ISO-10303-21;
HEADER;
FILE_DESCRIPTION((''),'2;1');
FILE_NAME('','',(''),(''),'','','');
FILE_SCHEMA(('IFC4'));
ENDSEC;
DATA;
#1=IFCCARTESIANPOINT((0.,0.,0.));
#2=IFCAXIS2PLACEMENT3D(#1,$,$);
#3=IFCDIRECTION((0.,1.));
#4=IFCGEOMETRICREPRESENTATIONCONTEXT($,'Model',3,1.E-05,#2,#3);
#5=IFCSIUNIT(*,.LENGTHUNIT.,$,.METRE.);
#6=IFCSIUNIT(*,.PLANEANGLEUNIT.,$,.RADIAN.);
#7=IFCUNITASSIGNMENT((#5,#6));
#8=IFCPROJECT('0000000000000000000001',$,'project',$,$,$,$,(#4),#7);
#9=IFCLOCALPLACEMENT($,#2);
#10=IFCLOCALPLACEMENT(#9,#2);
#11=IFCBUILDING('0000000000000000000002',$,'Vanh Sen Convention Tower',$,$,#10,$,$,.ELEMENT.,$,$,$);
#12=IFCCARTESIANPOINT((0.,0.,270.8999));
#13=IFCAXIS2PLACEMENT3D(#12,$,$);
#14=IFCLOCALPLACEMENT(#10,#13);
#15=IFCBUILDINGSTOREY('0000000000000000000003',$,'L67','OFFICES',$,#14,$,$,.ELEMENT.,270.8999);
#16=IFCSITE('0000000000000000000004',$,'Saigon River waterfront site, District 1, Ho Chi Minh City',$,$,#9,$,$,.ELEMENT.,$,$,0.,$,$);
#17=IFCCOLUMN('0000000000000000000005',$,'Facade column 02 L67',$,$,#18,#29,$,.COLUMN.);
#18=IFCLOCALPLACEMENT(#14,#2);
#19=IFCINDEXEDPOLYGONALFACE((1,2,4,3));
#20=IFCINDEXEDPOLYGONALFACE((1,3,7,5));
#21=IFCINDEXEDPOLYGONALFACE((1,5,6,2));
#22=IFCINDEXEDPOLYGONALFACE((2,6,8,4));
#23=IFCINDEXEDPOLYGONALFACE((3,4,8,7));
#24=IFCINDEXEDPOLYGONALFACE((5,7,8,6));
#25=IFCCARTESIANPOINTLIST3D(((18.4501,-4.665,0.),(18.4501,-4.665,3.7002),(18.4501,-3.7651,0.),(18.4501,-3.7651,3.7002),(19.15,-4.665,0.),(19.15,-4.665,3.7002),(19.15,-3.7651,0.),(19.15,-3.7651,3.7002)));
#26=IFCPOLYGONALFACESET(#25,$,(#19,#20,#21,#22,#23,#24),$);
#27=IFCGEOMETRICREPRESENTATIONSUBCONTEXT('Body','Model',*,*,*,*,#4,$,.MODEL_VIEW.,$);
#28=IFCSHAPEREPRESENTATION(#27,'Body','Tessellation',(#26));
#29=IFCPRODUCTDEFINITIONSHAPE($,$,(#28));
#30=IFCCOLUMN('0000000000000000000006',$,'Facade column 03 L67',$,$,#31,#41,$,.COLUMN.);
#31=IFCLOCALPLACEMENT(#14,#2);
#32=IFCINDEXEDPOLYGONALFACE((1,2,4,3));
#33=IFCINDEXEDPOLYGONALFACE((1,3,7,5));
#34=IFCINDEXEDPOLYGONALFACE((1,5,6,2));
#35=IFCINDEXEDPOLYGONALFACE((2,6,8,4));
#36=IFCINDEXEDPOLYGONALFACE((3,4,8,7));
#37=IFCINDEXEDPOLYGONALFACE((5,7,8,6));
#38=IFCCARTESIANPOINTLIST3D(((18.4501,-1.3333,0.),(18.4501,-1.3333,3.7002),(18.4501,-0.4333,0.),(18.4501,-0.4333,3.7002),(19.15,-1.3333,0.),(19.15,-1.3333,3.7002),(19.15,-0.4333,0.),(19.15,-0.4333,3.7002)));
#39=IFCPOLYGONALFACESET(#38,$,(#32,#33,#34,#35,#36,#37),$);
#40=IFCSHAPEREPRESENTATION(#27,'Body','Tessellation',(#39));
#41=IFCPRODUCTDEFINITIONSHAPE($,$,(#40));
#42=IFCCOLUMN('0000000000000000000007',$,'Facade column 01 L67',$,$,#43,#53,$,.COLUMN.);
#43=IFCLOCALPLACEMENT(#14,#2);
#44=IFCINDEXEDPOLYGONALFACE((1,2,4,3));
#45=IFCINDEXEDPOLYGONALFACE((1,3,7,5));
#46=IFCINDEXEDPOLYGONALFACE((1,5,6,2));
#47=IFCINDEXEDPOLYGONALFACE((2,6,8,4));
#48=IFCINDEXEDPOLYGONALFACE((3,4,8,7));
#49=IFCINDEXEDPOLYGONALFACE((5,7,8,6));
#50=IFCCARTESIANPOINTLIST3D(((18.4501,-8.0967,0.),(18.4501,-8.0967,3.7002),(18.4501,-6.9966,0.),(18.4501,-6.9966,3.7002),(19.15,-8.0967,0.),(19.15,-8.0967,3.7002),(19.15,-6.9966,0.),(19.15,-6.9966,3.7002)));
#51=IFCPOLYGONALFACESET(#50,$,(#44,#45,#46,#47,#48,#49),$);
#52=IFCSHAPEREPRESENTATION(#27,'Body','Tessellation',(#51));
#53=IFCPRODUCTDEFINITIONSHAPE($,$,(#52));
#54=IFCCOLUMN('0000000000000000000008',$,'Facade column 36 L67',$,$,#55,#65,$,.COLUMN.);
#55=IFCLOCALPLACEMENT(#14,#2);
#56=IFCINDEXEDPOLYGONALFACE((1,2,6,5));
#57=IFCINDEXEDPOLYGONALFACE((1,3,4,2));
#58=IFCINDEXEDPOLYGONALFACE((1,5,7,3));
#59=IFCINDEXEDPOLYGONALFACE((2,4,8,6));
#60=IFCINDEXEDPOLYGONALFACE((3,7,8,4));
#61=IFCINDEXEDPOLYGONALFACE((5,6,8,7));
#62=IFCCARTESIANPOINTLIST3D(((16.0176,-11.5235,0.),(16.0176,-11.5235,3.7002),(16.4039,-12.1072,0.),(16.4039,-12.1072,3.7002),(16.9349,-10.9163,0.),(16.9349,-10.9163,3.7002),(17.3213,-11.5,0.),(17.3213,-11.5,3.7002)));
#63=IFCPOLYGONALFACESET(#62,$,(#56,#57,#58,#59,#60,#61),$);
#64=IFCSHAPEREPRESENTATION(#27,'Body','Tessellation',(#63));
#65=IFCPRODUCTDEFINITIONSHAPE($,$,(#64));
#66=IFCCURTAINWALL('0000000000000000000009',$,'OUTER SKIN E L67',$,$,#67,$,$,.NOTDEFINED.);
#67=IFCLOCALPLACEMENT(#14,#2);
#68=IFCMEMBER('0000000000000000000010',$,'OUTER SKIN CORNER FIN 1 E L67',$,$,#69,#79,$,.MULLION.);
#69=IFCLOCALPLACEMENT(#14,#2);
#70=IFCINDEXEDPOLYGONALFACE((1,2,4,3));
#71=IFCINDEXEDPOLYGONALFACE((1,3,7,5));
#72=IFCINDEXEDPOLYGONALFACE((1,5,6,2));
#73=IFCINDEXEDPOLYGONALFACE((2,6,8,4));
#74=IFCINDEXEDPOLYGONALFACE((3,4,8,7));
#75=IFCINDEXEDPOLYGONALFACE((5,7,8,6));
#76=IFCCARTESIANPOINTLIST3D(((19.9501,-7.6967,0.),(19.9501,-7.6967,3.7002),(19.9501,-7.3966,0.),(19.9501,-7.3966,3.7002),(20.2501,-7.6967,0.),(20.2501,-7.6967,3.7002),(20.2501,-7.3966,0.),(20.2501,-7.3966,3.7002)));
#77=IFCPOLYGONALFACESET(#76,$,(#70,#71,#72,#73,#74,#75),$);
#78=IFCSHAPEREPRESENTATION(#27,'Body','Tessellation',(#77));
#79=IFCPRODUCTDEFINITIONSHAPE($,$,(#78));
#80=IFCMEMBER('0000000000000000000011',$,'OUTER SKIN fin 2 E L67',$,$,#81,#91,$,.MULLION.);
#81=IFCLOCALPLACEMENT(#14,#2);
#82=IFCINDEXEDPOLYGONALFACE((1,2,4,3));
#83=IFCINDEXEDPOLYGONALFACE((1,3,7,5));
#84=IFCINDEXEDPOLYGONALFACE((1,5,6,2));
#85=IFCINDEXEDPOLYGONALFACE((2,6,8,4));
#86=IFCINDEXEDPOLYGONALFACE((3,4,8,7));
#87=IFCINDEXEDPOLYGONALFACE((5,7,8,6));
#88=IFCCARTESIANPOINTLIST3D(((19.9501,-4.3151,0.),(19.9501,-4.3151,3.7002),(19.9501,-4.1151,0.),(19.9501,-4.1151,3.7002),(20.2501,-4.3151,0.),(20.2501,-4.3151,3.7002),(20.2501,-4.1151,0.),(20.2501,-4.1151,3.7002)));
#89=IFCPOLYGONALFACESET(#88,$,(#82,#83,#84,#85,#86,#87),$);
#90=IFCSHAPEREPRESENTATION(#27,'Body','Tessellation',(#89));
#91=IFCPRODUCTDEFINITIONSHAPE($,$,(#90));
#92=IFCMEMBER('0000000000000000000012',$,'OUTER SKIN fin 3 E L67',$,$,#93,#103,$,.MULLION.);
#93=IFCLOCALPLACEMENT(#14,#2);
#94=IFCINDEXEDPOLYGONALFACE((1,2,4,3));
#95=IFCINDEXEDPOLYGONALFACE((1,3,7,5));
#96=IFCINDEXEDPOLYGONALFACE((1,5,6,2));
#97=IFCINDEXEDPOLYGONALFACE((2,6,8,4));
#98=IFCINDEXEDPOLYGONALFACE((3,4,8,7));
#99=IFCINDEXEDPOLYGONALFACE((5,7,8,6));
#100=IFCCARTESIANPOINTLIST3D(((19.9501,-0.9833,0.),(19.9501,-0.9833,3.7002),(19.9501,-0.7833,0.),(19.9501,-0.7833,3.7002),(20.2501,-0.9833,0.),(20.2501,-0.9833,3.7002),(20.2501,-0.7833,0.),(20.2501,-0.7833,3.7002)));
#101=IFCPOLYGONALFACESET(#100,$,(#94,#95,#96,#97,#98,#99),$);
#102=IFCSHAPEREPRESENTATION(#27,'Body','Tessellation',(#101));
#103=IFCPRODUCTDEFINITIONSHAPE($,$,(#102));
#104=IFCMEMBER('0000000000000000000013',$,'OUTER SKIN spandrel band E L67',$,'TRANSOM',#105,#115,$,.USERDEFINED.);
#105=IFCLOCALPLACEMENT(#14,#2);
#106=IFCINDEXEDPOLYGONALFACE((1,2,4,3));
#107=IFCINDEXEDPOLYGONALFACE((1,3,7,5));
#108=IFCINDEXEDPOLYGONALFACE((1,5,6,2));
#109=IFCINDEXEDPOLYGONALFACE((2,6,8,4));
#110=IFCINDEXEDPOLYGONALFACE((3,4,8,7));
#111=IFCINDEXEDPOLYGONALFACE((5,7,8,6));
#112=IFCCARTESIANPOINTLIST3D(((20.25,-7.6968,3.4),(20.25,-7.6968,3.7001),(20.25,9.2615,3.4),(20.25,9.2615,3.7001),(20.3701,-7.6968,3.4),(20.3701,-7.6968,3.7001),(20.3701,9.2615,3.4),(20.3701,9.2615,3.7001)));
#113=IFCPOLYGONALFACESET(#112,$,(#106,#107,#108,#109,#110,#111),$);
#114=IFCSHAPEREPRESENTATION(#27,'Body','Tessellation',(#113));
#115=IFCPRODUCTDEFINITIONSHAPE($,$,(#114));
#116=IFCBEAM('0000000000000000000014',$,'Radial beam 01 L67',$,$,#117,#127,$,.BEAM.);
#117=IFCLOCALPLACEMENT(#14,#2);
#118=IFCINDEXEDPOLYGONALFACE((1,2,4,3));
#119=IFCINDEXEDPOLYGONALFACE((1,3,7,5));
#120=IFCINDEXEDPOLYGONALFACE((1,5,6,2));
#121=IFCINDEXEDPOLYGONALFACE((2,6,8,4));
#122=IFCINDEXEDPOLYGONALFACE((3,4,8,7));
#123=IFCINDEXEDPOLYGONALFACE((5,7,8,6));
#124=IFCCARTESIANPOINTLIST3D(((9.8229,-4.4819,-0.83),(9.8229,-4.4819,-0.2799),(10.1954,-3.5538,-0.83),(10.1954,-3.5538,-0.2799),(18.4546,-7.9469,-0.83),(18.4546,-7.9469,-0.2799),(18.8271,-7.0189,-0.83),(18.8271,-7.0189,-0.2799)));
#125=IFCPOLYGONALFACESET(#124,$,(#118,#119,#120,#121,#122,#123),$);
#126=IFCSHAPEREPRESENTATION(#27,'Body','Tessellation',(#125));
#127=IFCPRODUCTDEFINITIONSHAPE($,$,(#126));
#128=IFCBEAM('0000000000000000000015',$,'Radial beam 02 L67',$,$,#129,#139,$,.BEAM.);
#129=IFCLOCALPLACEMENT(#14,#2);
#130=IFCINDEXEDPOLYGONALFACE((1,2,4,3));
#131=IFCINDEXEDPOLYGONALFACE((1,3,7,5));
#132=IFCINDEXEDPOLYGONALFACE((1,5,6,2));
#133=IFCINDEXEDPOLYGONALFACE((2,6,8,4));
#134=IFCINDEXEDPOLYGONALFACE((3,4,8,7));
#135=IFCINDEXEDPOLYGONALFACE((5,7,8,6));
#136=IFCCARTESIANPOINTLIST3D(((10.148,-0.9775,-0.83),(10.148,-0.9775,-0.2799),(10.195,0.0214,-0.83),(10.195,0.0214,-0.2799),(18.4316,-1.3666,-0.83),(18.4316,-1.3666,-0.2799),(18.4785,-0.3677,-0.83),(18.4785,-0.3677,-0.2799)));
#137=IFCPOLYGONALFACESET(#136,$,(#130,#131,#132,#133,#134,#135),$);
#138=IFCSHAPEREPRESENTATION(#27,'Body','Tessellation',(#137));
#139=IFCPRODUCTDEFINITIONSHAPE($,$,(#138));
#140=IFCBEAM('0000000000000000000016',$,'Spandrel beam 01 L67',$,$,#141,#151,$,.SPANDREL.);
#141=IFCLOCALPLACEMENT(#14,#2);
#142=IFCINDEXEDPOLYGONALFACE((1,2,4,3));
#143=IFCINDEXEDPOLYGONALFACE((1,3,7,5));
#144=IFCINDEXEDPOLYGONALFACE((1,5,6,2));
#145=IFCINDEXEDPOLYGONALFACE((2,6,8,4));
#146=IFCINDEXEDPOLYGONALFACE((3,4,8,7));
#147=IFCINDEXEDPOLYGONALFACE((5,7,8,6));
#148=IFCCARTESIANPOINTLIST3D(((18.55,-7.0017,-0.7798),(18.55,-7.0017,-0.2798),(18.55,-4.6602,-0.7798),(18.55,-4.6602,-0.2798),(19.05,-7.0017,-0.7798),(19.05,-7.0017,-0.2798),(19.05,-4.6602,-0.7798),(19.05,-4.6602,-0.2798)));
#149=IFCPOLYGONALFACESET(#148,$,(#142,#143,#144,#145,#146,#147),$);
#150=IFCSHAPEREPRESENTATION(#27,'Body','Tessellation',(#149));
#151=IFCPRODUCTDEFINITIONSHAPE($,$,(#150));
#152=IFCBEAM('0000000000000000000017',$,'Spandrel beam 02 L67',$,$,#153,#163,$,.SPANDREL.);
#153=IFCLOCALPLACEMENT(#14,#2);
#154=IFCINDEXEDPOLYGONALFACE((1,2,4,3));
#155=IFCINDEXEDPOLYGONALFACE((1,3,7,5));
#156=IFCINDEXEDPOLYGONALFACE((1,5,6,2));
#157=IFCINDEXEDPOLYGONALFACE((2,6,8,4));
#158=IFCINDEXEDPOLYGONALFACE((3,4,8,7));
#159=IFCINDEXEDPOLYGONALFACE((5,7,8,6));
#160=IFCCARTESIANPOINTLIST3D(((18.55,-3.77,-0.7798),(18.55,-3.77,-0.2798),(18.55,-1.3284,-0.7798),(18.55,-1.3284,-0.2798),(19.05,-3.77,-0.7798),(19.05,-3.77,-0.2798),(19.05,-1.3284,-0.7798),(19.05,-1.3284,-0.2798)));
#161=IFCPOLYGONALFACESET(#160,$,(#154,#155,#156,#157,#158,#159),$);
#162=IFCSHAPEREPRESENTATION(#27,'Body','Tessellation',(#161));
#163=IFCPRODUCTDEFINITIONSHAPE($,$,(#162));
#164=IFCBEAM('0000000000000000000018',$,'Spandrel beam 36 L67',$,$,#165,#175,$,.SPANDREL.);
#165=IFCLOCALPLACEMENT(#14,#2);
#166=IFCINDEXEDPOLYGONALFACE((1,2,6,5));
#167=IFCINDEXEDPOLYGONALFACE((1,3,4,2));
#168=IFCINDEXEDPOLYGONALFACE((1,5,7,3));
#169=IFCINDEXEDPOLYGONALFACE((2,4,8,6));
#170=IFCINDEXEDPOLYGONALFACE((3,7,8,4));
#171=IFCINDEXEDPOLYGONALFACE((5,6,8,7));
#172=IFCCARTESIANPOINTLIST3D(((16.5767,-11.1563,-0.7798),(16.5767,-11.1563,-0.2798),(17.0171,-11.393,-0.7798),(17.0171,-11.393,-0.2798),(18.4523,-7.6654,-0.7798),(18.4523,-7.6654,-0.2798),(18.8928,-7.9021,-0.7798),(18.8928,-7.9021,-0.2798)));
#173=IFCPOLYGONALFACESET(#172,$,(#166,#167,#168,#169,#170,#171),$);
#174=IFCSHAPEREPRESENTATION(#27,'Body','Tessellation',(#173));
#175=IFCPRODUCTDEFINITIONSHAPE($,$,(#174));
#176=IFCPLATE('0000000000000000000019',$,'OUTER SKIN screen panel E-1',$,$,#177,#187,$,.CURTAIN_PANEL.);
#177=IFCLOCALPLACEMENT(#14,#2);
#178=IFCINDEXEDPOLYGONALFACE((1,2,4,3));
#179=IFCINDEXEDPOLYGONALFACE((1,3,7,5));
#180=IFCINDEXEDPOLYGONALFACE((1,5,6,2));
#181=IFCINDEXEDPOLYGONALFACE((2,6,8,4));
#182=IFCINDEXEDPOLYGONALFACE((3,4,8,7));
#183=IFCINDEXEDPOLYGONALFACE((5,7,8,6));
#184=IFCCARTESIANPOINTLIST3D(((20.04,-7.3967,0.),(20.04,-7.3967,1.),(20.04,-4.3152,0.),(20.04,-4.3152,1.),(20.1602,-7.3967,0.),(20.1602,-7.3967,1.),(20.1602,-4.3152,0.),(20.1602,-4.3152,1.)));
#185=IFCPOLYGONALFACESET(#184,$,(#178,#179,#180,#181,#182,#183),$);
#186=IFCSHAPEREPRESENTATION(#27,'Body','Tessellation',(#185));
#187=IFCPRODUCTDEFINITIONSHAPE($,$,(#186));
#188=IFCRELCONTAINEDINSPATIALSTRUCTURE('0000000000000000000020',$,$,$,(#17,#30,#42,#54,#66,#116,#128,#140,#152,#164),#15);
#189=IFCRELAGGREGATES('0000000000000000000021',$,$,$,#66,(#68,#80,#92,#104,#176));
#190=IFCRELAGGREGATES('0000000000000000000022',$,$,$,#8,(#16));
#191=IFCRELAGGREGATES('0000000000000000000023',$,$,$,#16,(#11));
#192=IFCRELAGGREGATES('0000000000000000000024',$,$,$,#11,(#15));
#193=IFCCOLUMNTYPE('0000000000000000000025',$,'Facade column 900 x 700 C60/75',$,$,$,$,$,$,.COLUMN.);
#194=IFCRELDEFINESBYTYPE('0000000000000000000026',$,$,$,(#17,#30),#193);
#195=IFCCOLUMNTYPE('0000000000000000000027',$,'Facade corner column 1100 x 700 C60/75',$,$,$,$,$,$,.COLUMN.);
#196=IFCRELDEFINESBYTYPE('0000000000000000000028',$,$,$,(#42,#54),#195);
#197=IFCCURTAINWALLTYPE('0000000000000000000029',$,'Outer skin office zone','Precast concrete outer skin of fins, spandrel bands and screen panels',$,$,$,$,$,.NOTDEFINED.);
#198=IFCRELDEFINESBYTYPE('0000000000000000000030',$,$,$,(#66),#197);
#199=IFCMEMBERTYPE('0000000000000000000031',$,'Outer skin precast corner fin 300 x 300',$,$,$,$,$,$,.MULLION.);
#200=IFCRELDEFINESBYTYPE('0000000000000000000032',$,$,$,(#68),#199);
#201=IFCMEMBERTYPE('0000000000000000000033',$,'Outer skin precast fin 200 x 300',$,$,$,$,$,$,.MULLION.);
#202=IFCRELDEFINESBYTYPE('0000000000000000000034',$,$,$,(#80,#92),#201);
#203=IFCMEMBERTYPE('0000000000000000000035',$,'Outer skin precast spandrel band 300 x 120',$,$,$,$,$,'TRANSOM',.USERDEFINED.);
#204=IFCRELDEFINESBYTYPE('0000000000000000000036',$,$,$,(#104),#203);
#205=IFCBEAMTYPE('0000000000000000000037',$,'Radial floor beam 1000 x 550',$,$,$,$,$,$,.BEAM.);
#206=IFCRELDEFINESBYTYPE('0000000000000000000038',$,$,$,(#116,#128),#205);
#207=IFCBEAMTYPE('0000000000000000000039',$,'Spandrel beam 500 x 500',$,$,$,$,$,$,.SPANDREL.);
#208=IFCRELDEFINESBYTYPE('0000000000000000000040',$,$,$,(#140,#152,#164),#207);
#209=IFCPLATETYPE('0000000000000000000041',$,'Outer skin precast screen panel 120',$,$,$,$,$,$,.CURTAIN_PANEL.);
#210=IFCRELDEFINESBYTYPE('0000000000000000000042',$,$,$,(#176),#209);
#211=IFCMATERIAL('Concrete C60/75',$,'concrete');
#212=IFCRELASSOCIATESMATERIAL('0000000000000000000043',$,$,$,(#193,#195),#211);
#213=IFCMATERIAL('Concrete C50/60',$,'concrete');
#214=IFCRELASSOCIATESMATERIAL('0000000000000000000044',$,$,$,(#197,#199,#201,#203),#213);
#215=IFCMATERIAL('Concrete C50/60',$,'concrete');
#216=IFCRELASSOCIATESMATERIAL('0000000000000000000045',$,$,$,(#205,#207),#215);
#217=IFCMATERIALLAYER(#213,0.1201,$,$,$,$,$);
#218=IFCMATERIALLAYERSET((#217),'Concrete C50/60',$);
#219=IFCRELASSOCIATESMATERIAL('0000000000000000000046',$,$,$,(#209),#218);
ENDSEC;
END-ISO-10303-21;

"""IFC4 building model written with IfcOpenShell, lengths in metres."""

from ifc_helpers import new_model, si_unit, direction, frame, origin, origin_2d, place, context, subcontext, project, spatial, rectangle, extrude, material, layer, layer_set, material_profile, profile_set, type_object, element, aggregate, save


model = new_model("IFC4")

# Units and contexts
model_context = context("Model", 3, precision=1e-05, world=origin(), true_north=direction((0.0, 1.0)))
body_context = subcontext(model_context, "Body", "Model", "MODEL_VIEW")
ifc_project = project(units=[si_unit("LENGTHUNIT", "METRE"), si_unit("PLANEANGLEUNIT", "RADIAN")], contexts=[model_context])

# Site, building, storey
site_placement = place(None, origin())
site = spatial("IfcSite", under=ifc_project, at=site_placement, Name="Saigon River waterfront site, District 1, Ho Chi Minh City", CompositionType="ELEMENT", RefElevation=0.0)
building_placement = place(site_placement, origin())
building = spatial("IfcBuilding", under=site, at=building_placement, Name="Vanh Sen Convention Tower", CompositionType="ELEMENT")
storey_placement = place(building_placement, frame((0.0, 0.0, 270.8999)))
storey = spatial("IfcBuildingStorey", under=building, at=storey_placement, Name="L67", Description="OFFICES", CompositionType="ELEMENT", Elevation=270.8999)

# Columns
ifc_material_1 = material(Name="Concrete C60/75", Category="concrete")
ifc_material_profile_1 = material_profile(ifc_material_1, rectangle(XDim=0.8999, YDim=0.7, at=origin_2d()), Name="RC 900X700")
ifc_profile_set_1 = profile_set([ifc_material_profile_1], Name="Concrete C60/75")
column_type_1 = type_object("IfcColumnType", Name="Facade column 900 x 700 C60/75", PredefinedType="COLUMN", material=ifc_profile_set_1)
for number, where, z_axis, x_axis, name in (
    (1, (18.8, -4.2151, 0.0), (0.0, 0.0, 1.0), (0.0, 1.0, 0.0), "Facade column 02 L67"),
    (2, (18.8, -0.8833, 0.0), (0.0, 0.0, 1.0), (0.0, 1.0, 0.0), "Facade column 03 L67"),
):
    element("IfcColumn", number, at=place(storey_placement, frame(where, z_axis=z_axis, x_axis=x_axis)), inside=storey, type_object=column_type_1, Name=name, PredefinedType="COLUMN", context=body_context, shape_type="SweptSolid", body=[
        extrude(rectangle(XDim=0.8999, YDim=0.7, at=origin_2d()), origin(), (0.0, 0.0, 1.0), 3.7002),
    ])
ifc_material_profile_2 = material_profile(ifc_material_1, rectangle(XDim=1.1001, YDim=0.7, at=origin_2d()), Name="RC 1100X700")
ifc_profile_set_2 = profile_set([ifc_material_profile_2], Name="Concrete C60/75")
column_type_2 = type_object("IfcColumnType", Name="Facade corner column 1100 x 700 C60/75", PredefinedType="COLUMN", material=ifc_profile_set_2)
for number, where, z_axis, x_axis, name in (
    (3, (18.8, -7.5466, 0.0), (0.0, 0.0, 1.0), (0.0, 1.0, 0.0), "Facade column 01 L67"),
    (4, (16.6694, -11.5117, 0.0), (0.0, 0.0, 1.0), (0.833886, 0.551937, 0.0), "Facade column 36 L67"),
):
    element("IfcColumn", number, at=place(storey_placement, frame(where, z_axis=z_axis, x_axis=x_axis)), inside=storey, type_object=column_type_2, Name=name, PredefinedType="COLUMN", context=body_context, shape_type="SweptSolid", body=[
        extrude(rectangle(XDim=1.1001, YDim=0.7, at=origin_2d()), origin(), (0.0, 0.0, 1.0), 3.7002),
    ])

# Curtain wall, members
ifc_material_2 = material(Name="Concrete C50/60", Category="concrete")
curtain_wall_type = type_object("IfcCurtainWallType", Name="Outer skin office zone", Description="Precast concrete outer skin of fins, spandrel bands and screen panels", PredefinedType="NOTDEFINED", material=ifc_material_2)
curtain_wall_1_placement = place(storey_placement, origin())
curtain_wall_1 = element("IfcCurtainWall", 5, at=curtain_wall_1_placement, inside=storey, type_object=curtain_wall_type, Name="OUTER SKIN E L67", PredefinedType="NOTDEFINED")
ifc_material_profile_3 = material_profile(ifc_material_2, rectangle(XDim=0.3, YDim=0.3, at=origin_2d()), Name="Outer skin precast corner fin 300 x 300")
ifc_profile_set_3 = profile_set([ifc_material_profile_3], Name="Concrete C50/60")
member_type_1 = type_object("IfcMemberType", Name="Outer skin precast corner fin 300 x 300", PredefinedType="MULLION", material=ifc_profile_set_3)
member_1_placement = place(storey_placement, frame((20.1001, -7.5466, 0.0), z_axis=(0.0, 0.0, 1.0), x_axis=(0.0, 1.0, 0.0)))
member_1 = element("IfcMember", 6, at=member_1_placement, type_object=member_type_1, Name="OUTER SKIN CORNER FIN 1 E L67", PredefinedType="MULLION", context=body_context, shape_type="SweptSolid", body=[
    extrude(rectangle(XDim=0.3, YDim=0.3, at=origin_2d()), origin(), (0.0, 0.0, 1.0), 3.7002),
])
ifc_material_profile_4 = material_profile(ifc_material_2, rectangle(XDim=0.2, YDim=0.3, at=origin_2d()), Name="Outer skin precast fin 200 x 300")
ifc_profile_set_4 = profile_set([ifc_material_profile_4], Name="Concrete C50/60")
member_type_2 = type_object("IfcMemberType", Name="Outer skin precast fin 200 x 300", PredefinedType="MULLION", material=ifc_profile_set_4)
member_2_placement = place(storey_placement, frame((20.1001, -4.2151, 0.0), z_axis=(0.0, 0.0, 1.0), x_axis=(0.0, 1.0, 0.0)))
member_2 = element("IfcMember", 7, at=member_2_placement, type_object=member_type_2, Name="OUTER SKIN fin 2 E L67", PredefinedType="MULLION", context=body_context, shape_type="SweptSolid", body=[
    extrude(rectangle(XDim=0.2, YDim=0.3, at=origin_2d()), origin(), (0.0, 0.0, 1.0), 3.7002),
])
member_3_placement = place(storey_placement, frame((20.1001, -0.8833, 0.0), z_axis=(0.0, 0.0, 1.0), x_axis=(0.0, 1.0, 0.0)))
member_3 = element("IfcMember", 8, at=member_3_placement, type_object=member_type_2, Name="OUTER SKIN fin 3 E L67", PredefinedType="MULLION", context=body_context, shape_type="SweptSolid", body=[
    extrude(rectangle(XDim=0.2, YDim=0.3, at=origin_2d()), origin(), (0.0, 0.0, 1.0), 3.7002),
])
ifc_material_profile_5 = material_profile(ifc_material_2, rectangle(XDim=0.1201, YDim=0.3, at=origin_2d()), Name="Outer skin precast spandrel band 300 x 120")
ifc_profile_set_5 = profile_set([ifc_material_profile_5], Name="Concrete C50/60")
member_type_3 = type_object("IfcMemberType", Name="Outer skin precast spandrel band 300 x 120", ElementType="TRANSOM", PredefinedType="USERDEFINED", material=ifc_profile_set_5)
member_4_placement = place(storey_placement, frame((20.3101, -7.6968, 3.55), z_axis=(0.0, 1.0, 0.0), x_axis=(-1.0, 0.0, 0.0)))
member_4 = element("IfcMember", 9, at=member_4_placement, type_object=member_type_3, Name="OUTER SKIN spandrel band E L67", ObjectType="TRANSOM", PredefinedType="USERDEFINED", context=body_context, shape_type="SweptSolid", body=[
    extrude(rectangle(XDim=0.1201, YDim=0.3, at=origin_2d()), origin(), (0.0, 0.0, 1.0), 16.9583),
])

# Beams
ifc_material_3 = material(Name="Concrete C50/60", Category="concrete")
ifc_material_profile_6 = material_profile(ifc_material_3, rectangle(XDim=1.0, YDim=0.55, at=origin_2d()), Name="RC 1000X550")
ifc_profile_set_6 = profile_set([ifc_material_profile_6], Name="Concrete C50/60")
beam_type_1 = type_object("IfcBeamType", Name="Radial floor beam 1000 x 550", PredefinedType="BEAM", material=ifc_profile_set_6)
beam_1_placement = place(storey_placement, frame((18.6409, -7.4829, -0.5549), z_axis=(-0.928018, 0.372535, 0.0), x_axis=(-0.372535, -0.928018, 0.0)))
element("IfcBeam", 10, at=beam_1_placement, inside=storey, type_object=beam_type_1, Name="Radial beam 01 L67", PredefinedType="BEAM", context=body_context, shape_type="SweptSolid", body=[
    extrude(rectangle(XDim=1.0, YDim=0.55, at=origin_2d()), origin(), (0.0, 0.0, 1.0), 9.3013),
])
beam_2_placement = place(storey_placement, frame((18.4551, -0.8672, -0.5549), z_axis=(-0.998898, 0.046927, 0.0), x_axis=(-0.046927, -0.998898, 0.0)))
element("IfcBeam", 11, at=beam_2_placement, inside=storey, type_object=beam_type_1, Name="Radial beam 02 L67", PredefinedType="BEAM", context=body_context, shape_type="SweptSolid", body=[
    extrude(rectangle(XDim=1.0, YDim=0.55, at=origin_2d()), origin(), (0.0, 0.0, 1.0), 8.2927),
])
ifc_material_profile_7 = material_profile(ifc_material_3, rectangle(XDim=0.5, YDim=0.5, at=origin_2d()), Name="RC 500X500")
ifc_profile_set_7 = profile_set([ifc_material_profile_7], Name="Concrete C50/60")
beam_type_2 = type_object("IfcBeamType", Name="Spandrel beam 500 x 500", PredefinedType="SPANDREL", material=ifc_profile_set_7)
beam_3_placement = place(storey_placement, frame((18.8, -7.0017, -0.5298), z_axis=(0.0, 1.0, 0.0), x_axis=(-1.0, 0.0, 0.0)))
element("IfcBeam", 12, at=beam_3_placement, inside=storey, type_object=beam_type_2, Name="Spandrel beam 01 L67", PredefinedType="SPANDREL", context=body_context, shape_type="SweptSolid", body=[
    extrude(rectangle(XDim=0.5, YDim=0.5, at=origin_2d()), origin(), (0.0, 0.0, 1.0), 2.3416),
])
beam_4_placement = place(storey_placement, frame((18.8, -3.77, -0.5298), z_axis=(0.0, 1.0, 0.0), x_axis=(-1.0, 0.0, 0.0)))
element("IfcBeam", 13, at=beam_4_placement, inside=storey, type_object=beam_type_2, Name="Spandrel beam 02 L67", PredefinedType="SPANDREL", context=body_context, shape_type="SweptSolid", body=[
    extrude(rectangle(XDim=0.5, YDim=0.5, at=origin_2d()), origin(), (0.0, 0.0, 1.0), 2.4417),
])
beam_5_placement = place(storey_placement, frame((16.7969, -11.2747, -0.5298), z_axis=(0.473313, 0.880894, 0.0), x_axis=(-0.880894, 0.473313, 0.0)))
element("IfcBeam", 14, at=beam_5_placement, inside=storey, type_object=beam_type_2, Name="Spandrel beam 36 L67", PredefinedType="SPANDREL", context=body_context, shape_type="SweptSolid", body=[
    extrude(rectangle(XDim=0.5, YDim=0.5, at=origin_2d()), origin(), (0.0, 0.0, 1.0), 3.9629),
])

# Plate
ifc_layer_1 = layer(ifc_material_2, 0.1201)
ifc_layer_set_1 = layer_set([ifc_layer_1], Name="Concrete C50/60")
plate_type = type_object("IfcPlateType", Name="Outer skin precast screen panel 120", PredefinedType="CURTAIN_PANEL", material=ifc_layer_set_1)
plate_1_placement = place(storey_placement, frame((20.1001, -5.856, 0.0), z_axis=(0.0, 0.0, 1.0), x_axis=(0.0, 1.0, 0.0)))
plate_1 = element("IfcPlate", 15, at=plate_1_placement, type_object=plate_type, Name="OUTER SKIN screen panel E-1", PredefinedType="CURTAIN_PANEL", context=body_context, shape_type="SweptSolid", body=[
    extrude(rectangle(XDim=3.0815, YDim=0.1201, at=origin_2d()), origin(), (0.0, 0.0, 1.0), 1.0),
])
aggregate(curtain_wall_1, [member_1, member_2, member_3, member_4, plate_1])

save(model, "model.ifc")
